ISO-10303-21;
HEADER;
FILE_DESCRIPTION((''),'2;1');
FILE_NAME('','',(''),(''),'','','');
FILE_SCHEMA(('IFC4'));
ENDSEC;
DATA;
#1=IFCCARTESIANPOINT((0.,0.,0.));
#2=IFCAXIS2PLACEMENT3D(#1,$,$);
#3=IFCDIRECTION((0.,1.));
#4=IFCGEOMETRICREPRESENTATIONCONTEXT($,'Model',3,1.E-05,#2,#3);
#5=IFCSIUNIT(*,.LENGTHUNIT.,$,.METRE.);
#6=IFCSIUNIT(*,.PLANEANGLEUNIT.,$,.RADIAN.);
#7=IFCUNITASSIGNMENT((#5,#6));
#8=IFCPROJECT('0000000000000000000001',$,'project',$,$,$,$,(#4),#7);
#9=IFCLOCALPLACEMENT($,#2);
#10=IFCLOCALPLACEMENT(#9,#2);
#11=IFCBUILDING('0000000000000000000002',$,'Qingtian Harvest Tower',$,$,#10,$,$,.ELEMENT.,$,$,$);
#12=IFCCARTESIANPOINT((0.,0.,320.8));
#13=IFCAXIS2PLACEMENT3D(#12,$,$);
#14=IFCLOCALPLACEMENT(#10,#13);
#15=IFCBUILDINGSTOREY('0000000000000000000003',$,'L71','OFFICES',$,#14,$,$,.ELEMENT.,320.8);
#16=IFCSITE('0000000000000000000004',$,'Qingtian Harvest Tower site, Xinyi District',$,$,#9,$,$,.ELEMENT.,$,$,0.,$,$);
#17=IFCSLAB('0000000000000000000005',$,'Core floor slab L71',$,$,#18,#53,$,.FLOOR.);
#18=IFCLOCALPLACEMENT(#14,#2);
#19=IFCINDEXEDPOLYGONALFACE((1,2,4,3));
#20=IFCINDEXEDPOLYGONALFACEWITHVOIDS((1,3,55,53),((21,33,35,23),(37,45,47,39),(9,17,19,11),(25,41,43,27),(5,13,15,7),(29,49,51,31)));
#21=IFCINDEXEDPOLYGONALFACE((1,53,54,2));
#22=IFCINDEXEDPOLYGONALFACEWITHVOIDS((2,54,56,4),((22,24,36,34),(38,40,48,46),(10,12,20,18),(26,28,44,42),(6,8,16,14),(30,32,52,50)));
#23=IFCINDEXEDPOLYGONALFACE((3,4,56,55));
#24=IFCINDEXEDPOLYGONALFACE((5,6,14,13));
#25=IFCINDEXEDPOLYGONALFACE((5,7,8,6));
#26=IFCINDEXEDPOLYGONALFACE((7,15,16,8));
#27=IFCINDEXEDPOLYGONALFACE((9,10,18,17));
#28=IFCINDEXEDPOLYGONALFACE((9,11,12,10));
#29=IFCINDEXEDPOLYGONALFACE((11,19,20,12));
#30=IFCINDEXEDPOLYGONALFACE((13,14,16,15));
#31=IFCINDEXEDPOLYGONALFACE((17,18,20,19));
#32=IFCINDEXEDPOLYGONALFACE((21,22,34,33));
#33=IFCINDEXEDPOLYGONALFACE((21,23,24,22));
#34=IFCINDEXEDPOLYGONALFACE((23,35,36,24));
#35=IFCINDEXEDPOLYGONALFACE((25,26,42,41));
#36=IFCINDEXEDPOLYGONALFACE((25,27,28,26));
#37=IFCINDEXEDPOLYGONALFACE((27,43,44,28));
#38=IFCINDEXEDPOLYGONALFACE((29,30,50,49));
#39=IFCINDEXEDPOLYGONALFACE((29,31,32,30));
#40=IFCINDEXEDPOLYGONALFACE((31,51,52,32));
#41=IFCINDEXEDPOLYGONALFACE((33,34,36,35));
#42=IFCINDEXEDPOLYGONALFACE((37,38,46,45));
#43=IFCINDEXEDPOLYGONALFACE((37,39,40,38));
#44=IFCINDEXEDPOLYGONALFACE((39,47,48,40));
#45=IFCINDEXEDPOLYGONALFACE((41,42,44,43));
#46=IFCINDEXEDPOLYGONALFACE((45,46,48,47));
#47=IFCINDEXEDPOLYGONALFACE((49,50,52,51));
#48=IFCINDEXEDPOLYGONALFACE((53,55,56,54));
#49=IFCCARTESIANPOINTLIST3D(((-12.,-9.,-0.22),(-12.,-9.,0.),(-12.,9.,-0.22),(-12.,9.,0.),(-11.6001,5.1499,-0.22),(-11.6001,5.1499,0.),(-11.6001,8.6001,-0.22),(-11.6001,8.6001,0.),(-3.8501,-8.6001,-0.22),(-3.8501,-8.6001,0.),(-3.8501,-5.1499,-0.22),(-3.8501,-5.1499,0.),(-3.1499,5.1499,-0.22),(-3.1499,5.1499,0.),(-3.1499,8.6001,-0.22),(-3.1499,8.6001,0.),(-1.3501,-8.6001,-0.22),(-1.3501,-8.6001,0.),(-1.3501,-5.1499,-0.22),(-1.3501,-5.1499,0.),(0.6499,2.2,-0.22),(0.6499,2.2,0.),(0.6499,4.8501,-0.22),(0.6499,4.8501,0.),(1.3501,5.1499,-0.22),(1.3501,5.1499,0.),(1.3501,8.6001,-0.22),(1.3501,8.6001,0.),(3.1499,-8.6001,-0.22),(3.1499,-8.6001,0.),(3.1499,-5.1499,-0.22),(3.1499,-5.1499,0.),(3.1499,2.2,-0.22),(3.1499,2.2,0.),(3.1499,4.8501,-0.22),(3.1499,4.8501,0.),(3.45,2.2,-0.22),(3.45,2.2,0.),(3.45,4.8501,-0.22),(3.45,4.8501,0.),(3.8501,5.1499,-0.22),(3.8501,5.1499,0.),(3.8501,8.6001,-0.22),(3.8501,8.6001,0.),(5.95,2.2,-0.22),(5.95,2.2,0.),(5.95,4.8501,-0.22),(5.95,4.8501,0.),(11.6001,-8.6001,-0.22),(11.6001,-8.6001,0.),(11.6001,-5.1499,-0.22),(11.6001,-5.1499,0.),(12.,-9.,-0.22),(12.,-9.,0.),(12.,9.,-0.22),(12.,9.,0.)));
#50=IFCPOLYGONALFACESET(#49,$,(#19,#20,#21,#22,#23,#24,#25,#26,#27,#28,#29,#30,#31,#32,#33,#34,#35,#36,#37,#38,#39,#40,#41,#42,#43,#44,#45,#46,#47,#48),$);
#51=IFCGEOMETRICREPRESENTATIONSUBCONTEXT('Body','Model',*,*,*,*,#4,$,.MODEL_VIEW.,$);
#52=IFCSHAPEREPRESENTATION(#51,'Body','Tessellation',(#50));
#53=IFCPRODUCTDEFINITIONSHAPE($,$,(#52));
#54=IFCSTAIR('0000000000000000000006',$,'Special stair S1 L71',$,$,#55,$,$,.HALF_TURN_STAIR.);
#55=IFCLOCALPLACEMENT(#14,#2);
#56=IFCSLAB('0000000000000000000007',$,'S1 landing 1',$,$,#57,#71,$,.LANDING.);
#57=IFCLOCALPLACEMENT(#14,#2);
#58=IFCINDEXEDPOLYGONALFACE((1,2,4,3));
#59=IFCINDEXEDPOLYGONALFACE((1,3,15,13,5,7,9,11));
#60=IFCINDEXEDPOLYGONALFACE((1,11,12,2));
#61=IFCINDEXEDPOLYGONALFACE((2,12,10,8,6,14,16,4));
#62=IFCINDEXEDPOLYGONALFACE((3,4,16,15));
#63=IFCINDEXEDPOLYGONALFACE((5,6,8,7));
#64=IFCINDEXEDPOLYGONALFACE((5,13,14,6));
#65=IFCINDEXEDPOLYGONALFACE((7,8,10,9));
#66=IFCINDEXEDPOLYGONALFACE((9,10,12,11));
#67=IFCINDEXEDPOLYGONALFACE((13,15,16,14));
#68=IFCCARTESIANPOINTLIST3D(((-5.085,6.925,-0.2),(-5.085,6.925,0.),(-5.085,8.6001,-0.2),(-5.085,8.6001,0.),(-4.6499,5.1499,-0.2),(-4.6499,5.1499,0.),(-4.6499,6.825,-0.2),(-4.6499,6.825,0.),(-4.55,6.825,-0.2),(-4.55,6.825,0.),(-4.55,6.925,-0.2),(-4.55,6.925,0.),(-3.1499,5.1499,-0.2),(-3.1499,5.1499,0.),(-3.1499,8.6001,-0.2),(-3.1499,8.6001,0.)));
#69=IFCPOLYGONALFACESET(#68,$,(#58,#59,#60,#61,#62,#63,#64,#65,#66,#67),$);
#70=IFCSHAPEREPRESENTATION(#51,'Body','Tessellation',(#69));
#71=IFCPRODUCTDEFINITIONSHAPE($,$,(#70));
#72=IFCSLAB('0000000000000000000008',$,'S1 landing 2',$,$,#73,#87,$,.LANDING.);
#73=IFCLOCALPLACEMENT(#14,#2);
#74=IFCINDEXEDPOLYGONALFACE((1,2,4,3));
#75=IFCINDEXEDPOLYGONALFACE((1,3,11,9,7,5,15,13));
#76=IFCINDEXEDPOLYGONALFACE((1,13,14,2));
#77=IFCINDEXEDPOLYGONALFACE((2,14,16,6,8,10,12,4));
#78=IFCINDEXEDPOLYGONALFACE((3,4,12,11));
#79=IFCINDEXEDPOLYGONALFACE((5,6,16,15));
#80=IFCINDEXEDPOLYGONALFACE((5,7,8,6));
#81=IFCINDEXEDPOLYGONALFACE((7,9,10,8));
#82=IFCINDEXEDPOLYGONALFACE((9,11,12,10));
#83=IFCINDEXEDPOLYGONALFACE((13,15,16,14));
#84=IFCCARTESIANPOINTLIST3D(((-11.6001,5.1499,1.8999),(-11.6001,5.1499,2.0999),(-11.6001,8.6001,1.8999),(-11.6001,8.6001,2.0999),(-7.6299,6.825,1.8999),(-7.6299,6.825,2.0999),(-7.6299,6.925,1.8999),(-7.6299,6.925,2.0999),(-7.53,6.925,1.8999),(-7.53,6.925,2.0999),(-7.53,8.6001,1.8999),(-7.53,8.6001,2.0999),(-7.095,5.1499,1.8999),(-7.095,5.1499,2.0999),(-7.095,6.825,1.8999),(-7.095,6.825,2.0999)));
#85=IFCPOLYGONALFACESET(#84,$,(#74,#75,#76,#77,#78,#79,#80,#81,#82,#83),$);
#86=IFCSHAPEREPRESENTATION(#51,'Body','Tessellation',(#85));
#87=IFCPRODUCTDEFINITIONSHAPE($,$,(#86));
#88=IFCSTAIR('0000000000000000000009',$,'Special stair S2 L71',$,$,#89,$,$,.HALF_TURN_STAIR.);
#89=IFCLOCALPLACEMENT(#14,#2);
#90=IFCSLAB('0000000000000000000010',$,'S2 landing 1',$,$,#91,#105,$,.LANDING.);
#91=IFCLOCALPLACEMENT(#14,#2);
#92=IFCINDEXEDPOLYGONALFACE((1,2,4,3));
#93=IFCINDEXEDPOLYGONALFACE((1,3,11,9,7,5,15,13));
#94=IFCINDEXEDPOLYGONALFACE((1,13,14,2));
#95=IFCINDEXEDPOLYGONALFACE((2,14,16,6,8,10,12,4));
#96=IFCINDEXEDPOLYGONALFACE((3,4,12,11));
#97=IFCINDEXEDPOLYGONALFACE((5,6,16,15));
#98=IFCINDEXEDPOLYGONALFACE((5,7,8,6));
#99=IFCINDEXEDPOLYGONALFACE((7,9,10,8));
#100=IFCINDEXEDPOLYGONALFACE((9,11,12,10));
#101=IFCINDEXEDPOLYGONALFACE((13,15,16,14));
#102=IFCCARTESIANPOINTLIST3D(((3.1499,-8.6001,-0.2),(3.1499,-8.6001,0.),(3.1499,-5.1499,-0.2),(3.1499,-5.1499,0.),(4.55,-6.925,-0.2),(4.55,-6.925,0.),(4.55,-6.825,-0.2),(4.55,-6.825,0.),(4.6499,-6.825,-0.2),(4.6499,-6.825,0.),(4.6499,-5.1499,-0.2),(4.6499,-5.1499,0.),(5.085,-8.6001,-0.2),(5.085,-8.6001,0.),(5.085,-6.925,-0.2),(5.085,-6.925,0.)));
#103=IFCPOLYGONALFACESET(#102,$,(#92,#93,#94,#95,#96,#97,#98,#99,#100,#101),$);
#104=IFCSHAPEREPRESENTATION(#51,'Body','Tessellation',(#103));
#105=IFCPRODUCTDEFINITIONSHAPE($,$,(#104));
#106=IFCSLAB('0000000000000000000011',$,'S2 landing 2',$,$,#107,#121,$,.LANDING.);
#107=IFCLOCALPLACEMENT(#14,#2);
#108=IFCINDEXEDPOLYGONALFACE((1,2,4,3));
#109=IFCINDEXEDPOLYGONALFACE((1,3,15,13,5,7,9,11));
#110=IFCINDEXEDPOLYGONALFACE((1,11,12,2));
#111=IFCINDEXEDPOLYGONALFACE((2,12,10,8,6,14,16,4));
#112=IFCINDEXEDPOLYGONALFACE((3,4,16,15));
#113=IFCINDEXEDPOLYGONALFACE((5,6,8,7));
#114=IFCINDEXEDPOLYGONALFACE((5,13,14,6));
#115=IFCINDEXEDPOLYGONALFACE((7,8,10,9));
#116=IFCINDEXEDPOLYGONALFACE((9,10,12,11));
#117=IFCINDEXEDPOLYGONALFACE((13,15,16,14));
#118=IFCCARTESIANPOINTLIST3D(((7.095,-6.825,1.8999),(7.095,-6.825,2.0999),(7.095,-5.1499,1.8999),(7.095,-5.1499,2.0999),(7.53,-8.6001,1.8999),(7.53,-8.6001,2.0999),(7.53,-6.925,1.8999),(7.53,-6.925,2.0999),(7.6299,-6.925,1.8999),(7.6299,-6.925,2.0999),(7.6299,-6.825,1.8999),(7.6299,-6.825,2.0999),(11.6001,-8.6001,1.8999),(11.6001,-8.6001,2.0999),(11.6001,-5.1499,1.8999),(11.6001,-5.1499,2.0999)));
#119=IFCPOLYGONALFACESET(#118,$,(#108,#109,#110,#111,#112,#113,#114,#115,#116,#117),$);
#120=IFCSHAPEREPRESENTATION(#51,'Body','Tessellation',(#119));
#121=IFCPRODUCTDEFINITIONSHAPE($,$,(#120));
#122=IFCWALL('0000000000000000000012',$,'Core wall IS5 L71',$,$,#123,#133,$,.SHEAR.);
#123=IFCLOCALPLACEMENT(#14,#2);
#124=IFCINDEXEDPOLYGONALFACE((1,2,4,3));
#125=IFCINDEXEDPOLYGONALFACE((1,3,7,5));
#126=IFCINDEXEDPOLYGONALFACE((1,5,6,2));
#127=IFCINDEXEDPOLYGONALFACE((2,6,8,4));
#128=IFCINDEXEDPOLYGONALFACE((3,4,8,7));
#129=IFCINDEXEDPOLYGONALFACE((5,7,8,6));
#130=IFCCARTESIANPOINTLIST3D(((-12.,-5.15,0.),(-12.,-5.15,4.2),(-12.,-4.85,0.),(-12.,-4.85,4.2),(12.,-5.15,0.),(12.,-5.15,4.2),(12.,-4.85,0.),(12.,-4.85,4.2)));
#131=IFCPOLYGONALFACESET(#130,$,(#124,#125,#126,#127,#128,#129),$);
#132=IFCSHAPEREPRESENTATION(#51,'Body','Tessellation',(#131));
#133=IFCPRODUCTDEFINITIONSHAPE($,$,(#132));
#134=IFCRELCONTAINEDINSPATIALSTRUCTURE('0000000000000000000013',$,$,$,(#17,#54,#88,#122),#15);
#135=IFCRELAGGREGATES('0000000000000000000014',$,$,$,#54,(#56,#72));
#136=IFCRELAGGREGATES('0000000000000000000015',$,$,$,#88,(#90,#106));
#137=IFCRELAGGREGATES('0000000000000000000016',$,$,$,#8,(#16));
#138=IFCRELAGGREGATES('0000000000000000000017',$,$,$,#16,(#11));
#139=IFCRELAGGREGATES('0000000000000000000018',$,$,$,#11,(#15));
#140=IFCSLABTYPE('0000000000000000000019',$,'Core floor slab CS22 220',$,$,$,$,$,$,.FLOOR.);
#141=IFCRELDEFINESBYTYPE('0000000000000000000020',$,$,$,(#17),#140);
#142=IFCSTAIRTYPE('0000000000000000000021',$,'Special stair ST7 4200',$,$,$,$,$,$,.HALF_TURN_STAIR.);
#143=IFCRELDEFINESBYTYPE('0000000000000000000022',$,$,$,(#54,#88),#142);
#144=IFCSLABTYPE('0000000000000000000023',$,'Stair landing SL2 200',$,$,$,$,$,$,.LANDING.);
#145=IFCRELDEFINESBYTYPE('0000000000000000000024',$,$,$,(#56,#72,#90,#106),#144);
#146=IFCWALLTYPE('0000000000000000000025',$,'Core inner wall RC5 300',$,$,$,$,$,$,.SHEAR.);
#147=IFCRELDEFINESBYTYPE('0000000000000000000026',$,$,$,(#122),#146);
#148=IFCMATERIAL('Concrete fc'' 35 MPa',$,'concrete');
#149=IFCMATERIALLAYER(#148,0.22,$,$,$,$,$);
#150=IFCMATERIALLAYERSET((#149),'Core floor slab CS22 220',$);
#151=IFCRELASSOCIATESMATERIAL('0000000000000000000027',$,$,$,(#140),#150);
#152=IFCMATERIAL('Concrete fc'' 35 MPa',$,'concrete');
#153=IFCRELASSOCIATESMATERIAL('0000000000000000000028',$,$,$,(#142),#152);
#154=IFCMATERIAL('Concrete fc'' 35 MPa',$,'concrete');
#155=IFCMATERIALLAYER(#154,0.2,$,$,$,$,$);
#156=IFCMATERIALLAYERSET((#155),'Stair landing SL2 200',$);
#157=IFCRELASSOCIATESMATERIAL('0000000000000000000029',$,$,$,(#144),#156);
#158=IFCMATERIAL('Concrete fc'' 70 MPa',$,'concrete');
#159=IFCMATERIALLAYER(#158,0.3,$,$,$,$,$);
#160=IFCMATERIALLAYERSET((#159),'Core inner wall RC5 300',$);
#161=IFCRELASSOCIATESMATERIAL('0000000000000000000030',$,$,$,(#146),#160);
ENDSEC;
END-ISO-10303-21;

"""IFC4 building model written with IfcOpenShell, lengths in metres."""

from ifc_helpers import new_model, si_unit, direction, frame, frame_2d, origin, place, context, subcontext, project, spatial, polyline, rectangle, outline, extrude, material, layer, layer_set, type_object, element, aggregate, save


model = new_model("IFC4")

# Units and contexts
model_context = context("Model", 3, precision=1e-05, world=origin(), true_north=direction((0.0, 1.0)))
body_context = subcontext(model_context, "Body", "Model", "MODEL_VIEW")
ifc_project = project(units=[si_unit("LENGTHUNIT", "METRE"), si_unit("PLANEANGLEUNIT", "RADIAN")], contexts=[model_context])

# Site, building, storey
site_placement = place(None, origin())
site = spatial("IfcSite", under=ifc_project, at=site_placement, Name="Qingtian Harvest Tower site, Xinyi District", CompositionType="ELEMENT", RefElevation=0.0)
building_placement = place(site_placement, origin())
building = spatial("IfcBuilding", under=site, at=building_placement, Name="Qingtian Harvest Tower", CompositionType="ELEMENT")
storey_placement = place(building_placement, frame((0.0, 0.0, 320.8)))
storey = spatial("IfcBuildingStorey", under=building, at=storey_placement, Name="L71", Description="OFFICES", CompositionType="ELEMENT", Elevation=320.8)

# Slab
ifc_material_1 = material(Name="Concrete fc' 35 MPa", Category="concrete")
ifc_layer_1 = layer(ifc_material_1, 0.22)
ifc_layer_set_1 = layer_set([ifc_layer_1], Name="Core floor slab CS22 220")
slab_type_1 = type_object("IfcSlabType", Name="Core floor slab CS22 220", PredefinedType="FLOOR", material=ifc_layer_set_1)
slab_1_placement = place(storey_placement, frame((0.0, 0.0, -0.22)))
element("IfcSlab", 1, at=slab_1_placement, inside=storey, type_object=slab_type_1, Name="Core floor slab L71", PredefinedType="FLOOR", context=body_context, shape_type="SweptSolid", body=[
    extrude(outline(polyline([(-12.0, -9.0), (12.0, -9.0), (12.0, 9.0), (-12.0, 9.0), (-12.0, -9.0)]), holes=[polyline([(-11.6001, 5.1499), (-3.1499, 5.1499), (-3.1499, 8.6001), (-11.6001, 8.6001), (-11.6001, 5.1499)]), polyline([(3.1499, -8.6001), (11.6001, -8.6001), (11.6001, -5.1499), (3.1499, -5.1499), (3.1499, -8.6001)]), polyline([(1.3501, 5.1499), (3.8501, 5.1499), (3.8501, 8.6001), (1.3501, 8.6001), (1.3501, 5.1499)]), polyline([(-3.8501, -8.6001), (-1.3501, -8.6001), (-1.3501, -5.1499), (-3.8501, -5.1499), (-3.8501, -8.6001)]), polyline([(0.6499, 2.2), (3.1499, 2.2), (3.1499, 4.8501), (0.6499, 4.8501), (0.6499, 2.2)]), polyline([(3.45, 2.2), (5.95, 2.2), (5.95, 4.8501), (3.45, 4.8501), (3.45, 2.2)])]), origin(), (0.0, 0.0, 1.0), 0.22),
])

# Stairs, slabs
ifc_material_2 = material(Name="Concrete fc' 35 MPa", Category="concrete")
stair_type = type_object("IfcStairType", Name="Special stair ST7 4200", PredefinedType="HALF_TURN_STAIR", material=ifc_material_2)
stair_1_placement = place(storey_placement, origin())
stair_1 = element("IfcStair", 2, at=stair_1_placement, inside=storey, type_object=stair_type, Name="Special stair S1 L71", PredefinedType="HALF_TURN_STAIR")
ifc_material_3 = material(Name="Concrete fc' 35 MPa", Category="concrete")
ifc_layer_2 = layer(ifc_material_3, 0.2)
ifc_layer_set_2 = layer_set([ifc_layer_2], Name="Stair landing SL2 200")
slab_type_2 = type_object("IfcSlabType", Name="Stair landing SL2 200", PredefinedType="LANDING", material=ifc_layer_set_2)
slab_2_placement = place(storey_placement, frame((0.0, 0.0, -0.2)))
slab_2 = element("IfcSlab", 3, at=slab_2_placement, type_object=slab_type_2, Name="S1 landing 1", PredefinedType="LANDING", context=body_context, shape_type="SweptSolid", body=[
    extrude(outline(polyline([(-4.6499, 5.1499), (-4.6499, 6.825), (-4.55, 6.825), (-4.55, 6.925), (-5.085, 6.925), (-5.085, 8.6001), (-3.1499, 8.6001), (-3.1499, 5.1499), (-4.6499, 5.1499)])), origin(), (0.0, 0.0, 1.0), 0.2),
])
slab_3_placement = place(storey_placement, frame((0.0, 0.0, 1.8999)))
slab_3 = element("IfcSlab", 4, at=slab_3_placement, type_object=slab_type_2, Name="S1 landing 2", PredefinedType="LANDING", context=body_context, shape_type="SweptSolid", body=[
    extrude(outline(polyline([(-7.095, 5.1499), (-11.6001, 5.1499), (-11.6001, 8.6001), (-7.53, 8.6001), (-7.53, 6.925), (-7.6299, 6.925), (-7.6299, 6.825), (-7.095, 6.825), (-7.095, 5.1499)])), origin(), (0.0, 0.0, 1.0), 0.2),
])
aggregate(stair_1, [slab_2, slab_3])
stair_2_placement = place(storey_placement, origin())
stair_2 = element("IfcStair", 5, at=stair_2_placement, inside=storey, type_object=stair_type, Name="Special stair S2 L71", PredefinedType="HALF_TURN_STAIR")
slab_4_placement = place(storey_placement, frame((0.0, 0.0, -0.2)))
slab_4 = element("IfcSlab", 6, at=slab_4_placement, type_object=slab_type_2, Name="S2 landing 1", PredefinedType="LANDING", context=body_context, shape_type="SweptSolid", body=[
    extrude(outline(polyline([(5.085, -8.6001), (3.1499, -8.6001), (3.1499, -5.1499), (4.6499, -5.1499), (4.6499, -6.825), (4.55, -6.825), (4.55, -6.925), (5.085, -6.925), (5.085, -8.6001)])), origin(), (0.0, 0.0, 1.0), 0.2),
])
slab_5_placement = place(storey_placement, frame((0.0, 0.0, 1.8999)))
slab_5 = element("IfcSlab", 7, at=slab_5_placement, type_object=slab_type_2, Name="S2 landing 2", PredefinedType="LANDING", context=body_context, shape_type="SweptSolid", body=[
    extrude(outline(polyline([(7.53, -8.6001), (7.53, -6.925), (7.6299, -6.925), (7.6299, -6.825), (7.095, -6.825), (7.095, -5.1499), (11.6001, -5.1499), (11.6001, -8.6001), (7.53, -8.6001)])), origin(), (0.0, 0.0, 1.0), 0.2),
])
aggregate(stair_2, [slab_4, slab_5])

# Wall
ifc_material_4 = material(Name="Concrete fc' 70 MPa", Category="concrete")
ifc_layer_3 = layer(ifc_material_4, 0.3)
ifc_layer_set_3 = layer_set([ifc_layer_3], Name="Core inner wall RC5 300")
wall_type_1 = type_object("IfcWallType", Name="Core inner wall RC5 300", PredefinedType="SHEAR", material=ifc_layer_set_3)
wall_1_placement = place(storey_placement, frame((-12.0, -5.0, 0.0), z_axis=(0.0, 0.0, 1.0), x_axis=(1.0, 0.0, 0.0)))
element("IfcWall", 8, at=wall_1_placement, inside=storey, type_object=wall_type_1, Name="Core wall IS5 L71", PredefinedType="SHEAR", context=body_context, shape_type="SweptSolid", body=[
    extrude(rectangle(XDim=24.0, YDim=0.3, at=frame_2d((12.0, 0.0))), origin(), (0.0, 0.0, 1.0), 4.2),
])

save(model, "model.ifc")
